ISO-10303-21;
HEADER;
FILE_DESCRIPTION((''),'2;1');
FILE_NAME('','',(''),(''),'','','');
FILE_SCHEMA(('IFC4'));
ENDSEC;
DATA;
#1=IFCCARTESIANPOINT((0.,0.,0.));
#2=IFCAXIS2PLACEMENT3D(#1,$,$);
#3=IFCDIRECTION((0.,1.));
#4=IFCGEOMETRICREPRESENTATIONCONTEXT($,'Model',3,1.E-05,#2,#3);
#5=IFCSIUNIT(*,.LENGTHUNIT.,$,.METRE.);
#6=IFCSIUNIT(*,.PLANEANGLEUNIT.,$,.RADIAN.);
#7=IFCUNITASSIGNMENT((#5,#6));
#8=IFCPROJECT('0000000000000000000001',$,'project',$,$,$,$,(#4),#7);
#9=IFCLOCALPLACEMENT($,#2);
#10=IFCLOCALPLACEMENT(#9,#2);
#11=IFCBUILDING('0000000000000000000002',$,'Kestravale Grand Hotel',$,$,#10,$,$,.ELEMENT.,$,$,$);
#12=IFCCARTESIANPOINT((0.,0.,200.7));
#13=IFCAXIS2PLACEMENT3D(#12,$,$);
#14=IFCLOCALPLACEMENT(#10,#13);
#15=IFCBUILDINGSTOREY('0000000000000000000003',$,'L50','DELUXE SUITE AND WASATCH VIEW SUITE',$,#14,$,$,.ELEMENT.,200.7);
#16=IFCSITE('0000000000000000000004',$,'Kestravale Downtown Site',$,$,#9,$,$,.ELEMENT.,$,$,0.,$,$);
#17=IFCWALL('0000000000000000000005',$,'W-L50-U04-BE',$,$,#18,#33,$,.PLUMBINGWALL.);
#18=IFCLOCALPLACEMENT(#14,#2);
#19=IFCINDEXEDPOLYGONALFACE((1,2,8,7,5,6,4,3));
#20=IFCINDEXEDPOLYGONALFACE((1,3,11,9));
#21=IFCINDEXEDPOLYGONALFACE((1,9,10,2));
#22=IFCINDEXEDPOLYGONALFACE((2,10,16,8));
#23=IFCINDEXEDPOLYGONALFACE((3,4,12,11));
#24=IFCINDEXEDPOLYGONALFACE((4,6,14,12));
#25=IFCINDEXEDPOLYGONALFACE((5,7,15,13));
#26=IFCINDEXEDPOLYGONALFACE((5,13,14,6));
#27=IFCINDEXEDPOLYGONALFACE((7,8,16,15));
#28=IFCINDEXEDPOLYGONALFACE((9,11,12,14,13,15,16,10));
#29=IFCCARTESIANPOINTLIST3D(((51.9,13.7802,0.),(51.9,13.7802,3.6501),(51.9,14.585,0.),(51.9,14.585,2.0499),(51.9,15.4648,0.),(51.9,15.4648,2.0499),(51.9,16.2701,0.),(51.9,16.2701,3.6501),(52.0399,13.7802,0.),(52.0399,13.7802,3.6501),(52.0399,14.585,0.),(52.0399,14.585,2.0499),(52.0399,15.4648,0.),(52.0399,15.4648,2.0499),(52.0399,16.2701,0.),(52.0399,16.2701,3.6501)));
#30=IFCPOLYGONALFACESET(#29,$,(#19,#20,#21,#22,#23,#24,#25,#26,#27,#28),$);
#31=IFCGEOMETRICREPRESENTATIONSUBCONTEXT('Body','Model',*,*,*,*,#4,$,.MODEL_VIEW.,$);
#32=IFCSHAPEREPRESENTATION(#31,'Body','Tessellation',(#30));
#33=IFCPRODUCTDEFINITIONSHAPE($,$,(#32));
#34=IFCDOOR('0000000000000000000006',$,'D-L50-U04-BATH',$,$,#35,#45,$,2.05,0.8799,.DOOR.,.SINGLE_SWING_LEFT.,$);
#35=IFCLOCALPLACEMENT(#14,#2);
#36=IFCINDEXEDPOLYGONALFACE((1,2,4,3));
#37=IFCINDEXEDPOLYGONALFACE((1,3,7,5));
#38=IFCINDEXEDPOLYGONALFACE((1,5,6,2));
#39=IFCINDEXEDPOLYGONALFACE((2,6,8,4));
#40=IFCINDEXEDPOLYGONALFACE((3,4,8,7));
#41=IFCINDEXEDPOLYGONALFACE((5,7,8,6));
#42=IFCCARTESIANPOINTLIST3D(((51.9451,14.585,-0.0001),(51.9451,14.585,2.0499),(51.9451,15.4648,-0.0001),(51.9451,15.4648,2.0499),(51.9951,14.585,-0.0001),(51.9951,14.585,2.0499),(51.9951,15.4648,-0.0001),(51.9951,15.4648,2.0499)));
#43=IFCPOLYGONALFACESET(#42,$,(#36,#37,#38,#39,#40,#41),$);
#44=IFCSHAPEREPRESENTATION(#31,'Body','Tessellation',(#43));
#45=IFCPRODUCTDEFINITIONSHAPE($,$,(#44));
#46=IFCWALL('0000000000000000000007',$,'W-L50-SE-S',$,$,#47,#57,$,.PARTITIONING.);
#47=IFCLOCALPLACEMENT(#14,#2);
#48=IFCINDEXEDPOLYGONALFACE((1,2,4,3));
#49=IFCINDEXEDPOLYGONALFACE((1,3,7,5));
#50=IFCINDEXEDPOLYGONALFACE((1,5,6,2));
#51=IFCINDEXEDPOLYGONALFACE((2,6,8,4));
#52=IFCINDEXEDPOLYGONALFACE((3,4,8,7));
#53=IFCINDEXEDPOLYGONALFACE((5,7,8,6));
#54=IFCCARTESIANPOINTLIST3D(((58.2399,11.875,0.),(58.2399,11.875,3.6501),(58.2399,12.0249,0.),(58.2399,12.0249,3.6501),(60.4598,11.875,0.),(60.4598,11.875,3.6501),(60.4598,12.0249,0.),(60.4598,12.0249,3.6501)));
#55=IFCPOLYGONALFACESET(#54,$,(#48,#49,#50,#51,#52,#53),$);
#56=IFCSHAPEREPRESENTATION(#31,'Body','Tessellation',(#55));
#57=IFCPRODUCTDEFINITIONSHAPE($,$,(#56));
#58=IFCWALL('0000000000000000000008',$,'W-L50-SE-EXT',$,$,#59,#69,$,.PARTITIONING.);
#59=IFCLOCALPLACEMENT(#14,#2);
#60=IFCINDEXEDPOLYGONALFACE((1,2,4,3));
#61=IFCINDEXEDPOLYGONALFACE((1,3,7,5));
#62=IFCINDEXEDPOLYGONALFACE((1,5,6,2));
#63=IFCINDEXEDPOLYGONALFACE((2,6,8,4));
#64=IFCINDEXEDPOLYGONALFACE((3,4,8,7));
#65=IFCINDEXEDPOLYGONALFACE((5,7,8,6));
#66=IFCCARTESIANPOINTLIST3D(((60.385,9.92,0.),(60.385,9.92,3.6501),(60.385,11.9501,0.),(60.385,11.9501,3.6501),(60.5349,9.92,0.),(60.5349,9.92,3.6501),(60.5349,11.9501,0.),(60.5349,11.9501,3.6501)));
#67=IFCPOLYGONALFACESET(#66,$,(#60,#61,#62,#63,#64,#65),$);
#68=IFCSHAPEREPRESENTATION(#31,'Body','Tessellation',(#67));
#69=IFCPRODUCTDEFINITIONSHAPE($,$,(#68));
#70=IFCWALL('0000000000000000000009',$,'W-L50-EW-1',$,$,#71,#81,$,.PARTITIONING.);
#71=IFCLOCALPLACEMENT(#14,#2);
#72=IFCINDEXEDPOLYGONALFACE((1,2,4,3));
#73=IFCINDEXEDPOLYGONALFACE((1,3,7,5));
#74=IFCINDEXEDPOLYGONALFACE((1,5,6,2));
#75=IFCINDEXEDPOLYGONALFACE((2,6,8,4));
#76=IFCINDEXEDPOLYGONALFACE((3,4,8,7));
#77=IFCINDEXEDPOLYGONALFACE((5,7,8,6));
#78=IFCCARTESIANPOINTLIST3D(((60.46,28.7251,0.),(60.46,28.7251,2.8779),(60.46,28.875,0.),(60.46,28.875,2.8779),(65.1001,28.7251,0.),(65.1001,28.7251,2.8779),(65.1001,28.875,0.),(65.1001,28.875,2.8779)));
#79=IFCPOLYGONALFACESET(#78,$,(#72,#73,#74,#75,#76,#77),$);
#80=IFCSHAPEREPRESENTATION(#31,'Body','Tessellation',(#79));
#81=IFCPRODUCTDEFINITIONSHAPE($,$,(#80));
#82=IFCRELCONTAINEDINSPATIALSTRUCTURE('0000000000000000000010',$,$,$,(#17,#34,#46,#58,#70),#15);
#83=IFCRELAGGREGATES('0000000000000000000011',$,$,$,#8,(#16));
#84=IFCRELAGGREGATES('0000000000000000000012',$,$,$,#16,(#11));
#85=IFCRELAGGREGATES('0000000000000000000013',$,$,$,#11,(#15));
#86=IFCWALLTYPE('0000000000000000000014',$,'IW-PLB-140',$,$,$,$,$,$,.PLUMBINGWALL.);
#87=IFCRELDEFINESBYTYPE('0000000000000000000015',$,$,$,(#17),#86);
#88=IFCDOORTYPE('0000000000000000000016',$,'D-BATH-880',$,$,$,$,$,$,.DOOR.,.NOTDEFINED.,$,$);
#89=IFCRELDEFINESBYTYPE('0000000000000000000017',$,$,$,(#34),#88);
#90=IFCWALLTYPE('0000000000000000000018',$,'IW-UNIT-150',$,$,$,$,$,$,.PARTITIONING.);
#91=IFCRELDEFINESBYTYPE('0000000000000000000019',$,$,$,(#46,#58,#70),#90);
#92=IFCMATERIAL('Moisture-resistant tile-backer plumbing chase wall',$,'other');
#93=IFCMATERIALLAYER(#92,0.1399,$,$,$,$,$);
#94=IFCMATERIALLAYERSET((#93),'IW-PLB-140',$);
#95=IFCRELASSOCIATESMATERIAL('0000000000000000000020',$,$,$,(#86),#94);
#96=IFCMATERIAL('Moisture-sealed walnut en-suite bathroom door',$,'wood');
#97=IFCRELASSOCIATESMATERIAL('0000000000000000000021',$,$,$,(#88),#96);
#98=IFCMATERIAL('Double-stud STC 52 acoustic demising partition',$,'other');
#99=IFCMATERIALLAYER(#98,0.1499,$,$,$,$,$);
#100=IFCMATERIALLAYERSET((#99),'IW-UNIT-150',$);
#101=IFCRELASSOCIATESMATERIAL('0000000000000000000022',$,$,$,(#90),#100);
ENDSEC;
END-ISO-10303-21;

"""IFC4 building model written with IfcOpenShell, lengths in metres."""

from ifc_helpers import new_model, si_unit, direction, frame, frame_2d, origin, place, context, subcontext, project, spatial, rectangle, extrude, material, layer, layer_set, type_object, element, fill, save


model = new_model("IFC4")

# Units and contexts
model_context = context("Model", 3, precision=1e-05, world=origin(), true_north=direction((0.0, 1.0)))
body_context = subcontext(model_context, "Body", "Model", "MODEL_VIEW")
ifc_project = project(units=[si_unit("LENGTHUNIT", "METRE"), si_unit("PLANEANGLEUNIT", "RADIAN")], contexts=[model_context])

# Site, building, storey
site_placement = place(None, origin())
site = spatial("IfcSite", under=ifc_project, at=site_placement, Name="Kestravale Downtown Site", CompositionType="ELEMENT", RefElevation=0.0)
building_placement = place(site_placement, origin())
building = spatial("IfcBuilding", under=site, at=building_placement, Name="Kestravale Grand Hotel", CompositionType="ELEMENT")
storey_placement = place(building_placement, frame((0.0, 0.0, 200.7)))
storey = spatial("IfcBuildingStorey", under=building, at=storey_placement, Name="L50", Description="DELUXE SUITE AND WASATCH VIEW SUITE", CompositionType="ELEMENT", Elevation=200.7)

# Wall, opening, door
ifc_material_1 = material(Name="Moisture-resistant tile-backer plumbing chase wall", Category="other")
ifc_layer_1 = layer(ifc_material_1, 0.1399)
ifc_layer_set_1 = layer_set([ifc_layer_1], Name="IW-PLB-140")
wall_type_1 = type_object("IfcWallType", Name="IW-PLB-140", PredefinedType="PLUMBINGWALL", material=ifc_layer_set_1)
wall_1_placement = place(storey_placement, frame((51.97, 13.78, 0.0), z_axis=(0.0, 0.0, 1.0), x_axis=(0.0, 1.0, 0.0)))
wall_1 = element("IfcWall", 1, at=wall_1_placement, inside=storey, type_object=wall_type_1, Name="W-L50-U04-BE", PredefinedType="PLUMBINGWALL", context=body_context, shape_type="SweptSolid", body=[
    extrude(rectangle(XDim=2.49, YDim=0.1399, at=frame_2d((1.2451, 0.0))), origin(), (0.0, 0.0, 1.0), 3.6501),
])
opening_1_placement = place(wall_1_placement, frame((0.8049, 0.0, 0.0)))
opening_1 = element("IfcOpeningElement", 2, at=opening_1_placement, cuts=wall_1, PredefinedType="OPENING", context=body_context, shape_type="SweptSolid", body=[
    extrude(rectangle(XDim=0.8799, YDim=2.05, at=frame_2d((0.4399, 1.0249))), frame((0.0, 0.0798, 0.0), z_axis=(0.0, -1.0, 0.0), x_axis=(1.0, 0.0, 0.0)), (0.0, 0.0, 1.0), 0.1599),
])
ifc_material_2 = material(Name="Moisture-sealed walnut en-suite bathroom door", Category="wood")
door_type_1 = type_object("IfcDoorType", Name="D-BATH-880", OperationType="NOTDEFINED", PredefinedType="DOOR", material=ifc_material_2)
door_1_placement = place(opening_1_placement, origin())
door_1 = element("IfcDoor", 3, at=door_1_placement, inside=storey, type_object=door_type_1, Name="D-L50-U04-BATH", OperationType="SINGLE_SWING_LEFT", OverallHeight=2.05, OverallWidth=0.8799, PredefinedType="DOOR", context=body_context, shape_type="SweptSolid", body=[
    extrude(rectangle(XDim=0.8799, YDim=2.05, at=frame_2d((0.4399, 1.0249))), frame((0.0, 0.0249, 0.0), z_axis=(0.0, -1.0, 0.0), x_axis=(1.0, 0.0, 0.0)), (0.0, 0.0, 1.0), 0.05),
])
fill(opening_1, door_1)

# Walls
ifc_material_3 = material(Name="Double-stud STC 52 acoustic demising partition", Category="other")
ifc_layer_2 = layer(ifc_material_3, 0.1499)
ifc_layer_set_2 = layer_set([ifc_layer_2], Name="IW-UNIT-150")
wall_type_2 = type_object("IfcWallType", Name="IW-UNIT-150", PredefinedType="PARTITIONING", material=ifc_layer_set_2)
wall_2_placement = place(storey_placement, frame((58.24, 11.95, 0.0), z_axis=(0.0, 0.0, 1.0), x_axis=(1.0, 0.0, 0.0)))
element("IfcWall", 4, at=wall_2_placement, inside=storey, type_object=wall_type_2, Name="W-L50-SE-S", PredefinedType="PARTITIONING", context=body_context, shape_type="SweptSolid", body=[
    extrude(rectangle(XDim=2.22, YDim=0.1499, at=frame_2d((1.1099, 0.0))), origin(), (0.0, 0.0, 1.0), 3.6501),
])
wall_3_placement = place(storey_placement, frame((60.46, 9.9199, 0.0), z_axis=(0.0, 0.0, 1.0), x_axis=(0.0, 1.0, 0.0)))
element("IfcWall", 5, at=wall_3_placement, inside=storey, type_object=wall_type_2, Name="W-L50-SE-EXT", PredefinedType="PARTITIONING", context=body_context, shape_type="SweptSolid", body=[
    extrude(rectangle(XDim=2.03, YDim=0.1499, at=frame_2d((1.0151, 0.0))), origin(), (0.0, 0.0, 1.0), 3.6501),
])
wall_4_placement = place(storey_placement, frame((60.46, 28.8, 0.0), z_axis=(0.0, 0.0, 1.0), x_axis=(1.0, 0.0, 0.0)))
element("IfcWall", 6, at=wall_4_placement, inside=storey, type_object=wall_type_2, Name="W-L50-EW-1", PredefinedType="PARTITIONING", context=body_context, shape_type="SweptSolid", body=[
    extrude(rectangle(XDim=4.6401, YDim=0.1499, at=frame_2d((2.3201, 0.0))), origin(), (0.0, 0.0, 1.0), 2.8779),
])

save(model, "model.ifc")
